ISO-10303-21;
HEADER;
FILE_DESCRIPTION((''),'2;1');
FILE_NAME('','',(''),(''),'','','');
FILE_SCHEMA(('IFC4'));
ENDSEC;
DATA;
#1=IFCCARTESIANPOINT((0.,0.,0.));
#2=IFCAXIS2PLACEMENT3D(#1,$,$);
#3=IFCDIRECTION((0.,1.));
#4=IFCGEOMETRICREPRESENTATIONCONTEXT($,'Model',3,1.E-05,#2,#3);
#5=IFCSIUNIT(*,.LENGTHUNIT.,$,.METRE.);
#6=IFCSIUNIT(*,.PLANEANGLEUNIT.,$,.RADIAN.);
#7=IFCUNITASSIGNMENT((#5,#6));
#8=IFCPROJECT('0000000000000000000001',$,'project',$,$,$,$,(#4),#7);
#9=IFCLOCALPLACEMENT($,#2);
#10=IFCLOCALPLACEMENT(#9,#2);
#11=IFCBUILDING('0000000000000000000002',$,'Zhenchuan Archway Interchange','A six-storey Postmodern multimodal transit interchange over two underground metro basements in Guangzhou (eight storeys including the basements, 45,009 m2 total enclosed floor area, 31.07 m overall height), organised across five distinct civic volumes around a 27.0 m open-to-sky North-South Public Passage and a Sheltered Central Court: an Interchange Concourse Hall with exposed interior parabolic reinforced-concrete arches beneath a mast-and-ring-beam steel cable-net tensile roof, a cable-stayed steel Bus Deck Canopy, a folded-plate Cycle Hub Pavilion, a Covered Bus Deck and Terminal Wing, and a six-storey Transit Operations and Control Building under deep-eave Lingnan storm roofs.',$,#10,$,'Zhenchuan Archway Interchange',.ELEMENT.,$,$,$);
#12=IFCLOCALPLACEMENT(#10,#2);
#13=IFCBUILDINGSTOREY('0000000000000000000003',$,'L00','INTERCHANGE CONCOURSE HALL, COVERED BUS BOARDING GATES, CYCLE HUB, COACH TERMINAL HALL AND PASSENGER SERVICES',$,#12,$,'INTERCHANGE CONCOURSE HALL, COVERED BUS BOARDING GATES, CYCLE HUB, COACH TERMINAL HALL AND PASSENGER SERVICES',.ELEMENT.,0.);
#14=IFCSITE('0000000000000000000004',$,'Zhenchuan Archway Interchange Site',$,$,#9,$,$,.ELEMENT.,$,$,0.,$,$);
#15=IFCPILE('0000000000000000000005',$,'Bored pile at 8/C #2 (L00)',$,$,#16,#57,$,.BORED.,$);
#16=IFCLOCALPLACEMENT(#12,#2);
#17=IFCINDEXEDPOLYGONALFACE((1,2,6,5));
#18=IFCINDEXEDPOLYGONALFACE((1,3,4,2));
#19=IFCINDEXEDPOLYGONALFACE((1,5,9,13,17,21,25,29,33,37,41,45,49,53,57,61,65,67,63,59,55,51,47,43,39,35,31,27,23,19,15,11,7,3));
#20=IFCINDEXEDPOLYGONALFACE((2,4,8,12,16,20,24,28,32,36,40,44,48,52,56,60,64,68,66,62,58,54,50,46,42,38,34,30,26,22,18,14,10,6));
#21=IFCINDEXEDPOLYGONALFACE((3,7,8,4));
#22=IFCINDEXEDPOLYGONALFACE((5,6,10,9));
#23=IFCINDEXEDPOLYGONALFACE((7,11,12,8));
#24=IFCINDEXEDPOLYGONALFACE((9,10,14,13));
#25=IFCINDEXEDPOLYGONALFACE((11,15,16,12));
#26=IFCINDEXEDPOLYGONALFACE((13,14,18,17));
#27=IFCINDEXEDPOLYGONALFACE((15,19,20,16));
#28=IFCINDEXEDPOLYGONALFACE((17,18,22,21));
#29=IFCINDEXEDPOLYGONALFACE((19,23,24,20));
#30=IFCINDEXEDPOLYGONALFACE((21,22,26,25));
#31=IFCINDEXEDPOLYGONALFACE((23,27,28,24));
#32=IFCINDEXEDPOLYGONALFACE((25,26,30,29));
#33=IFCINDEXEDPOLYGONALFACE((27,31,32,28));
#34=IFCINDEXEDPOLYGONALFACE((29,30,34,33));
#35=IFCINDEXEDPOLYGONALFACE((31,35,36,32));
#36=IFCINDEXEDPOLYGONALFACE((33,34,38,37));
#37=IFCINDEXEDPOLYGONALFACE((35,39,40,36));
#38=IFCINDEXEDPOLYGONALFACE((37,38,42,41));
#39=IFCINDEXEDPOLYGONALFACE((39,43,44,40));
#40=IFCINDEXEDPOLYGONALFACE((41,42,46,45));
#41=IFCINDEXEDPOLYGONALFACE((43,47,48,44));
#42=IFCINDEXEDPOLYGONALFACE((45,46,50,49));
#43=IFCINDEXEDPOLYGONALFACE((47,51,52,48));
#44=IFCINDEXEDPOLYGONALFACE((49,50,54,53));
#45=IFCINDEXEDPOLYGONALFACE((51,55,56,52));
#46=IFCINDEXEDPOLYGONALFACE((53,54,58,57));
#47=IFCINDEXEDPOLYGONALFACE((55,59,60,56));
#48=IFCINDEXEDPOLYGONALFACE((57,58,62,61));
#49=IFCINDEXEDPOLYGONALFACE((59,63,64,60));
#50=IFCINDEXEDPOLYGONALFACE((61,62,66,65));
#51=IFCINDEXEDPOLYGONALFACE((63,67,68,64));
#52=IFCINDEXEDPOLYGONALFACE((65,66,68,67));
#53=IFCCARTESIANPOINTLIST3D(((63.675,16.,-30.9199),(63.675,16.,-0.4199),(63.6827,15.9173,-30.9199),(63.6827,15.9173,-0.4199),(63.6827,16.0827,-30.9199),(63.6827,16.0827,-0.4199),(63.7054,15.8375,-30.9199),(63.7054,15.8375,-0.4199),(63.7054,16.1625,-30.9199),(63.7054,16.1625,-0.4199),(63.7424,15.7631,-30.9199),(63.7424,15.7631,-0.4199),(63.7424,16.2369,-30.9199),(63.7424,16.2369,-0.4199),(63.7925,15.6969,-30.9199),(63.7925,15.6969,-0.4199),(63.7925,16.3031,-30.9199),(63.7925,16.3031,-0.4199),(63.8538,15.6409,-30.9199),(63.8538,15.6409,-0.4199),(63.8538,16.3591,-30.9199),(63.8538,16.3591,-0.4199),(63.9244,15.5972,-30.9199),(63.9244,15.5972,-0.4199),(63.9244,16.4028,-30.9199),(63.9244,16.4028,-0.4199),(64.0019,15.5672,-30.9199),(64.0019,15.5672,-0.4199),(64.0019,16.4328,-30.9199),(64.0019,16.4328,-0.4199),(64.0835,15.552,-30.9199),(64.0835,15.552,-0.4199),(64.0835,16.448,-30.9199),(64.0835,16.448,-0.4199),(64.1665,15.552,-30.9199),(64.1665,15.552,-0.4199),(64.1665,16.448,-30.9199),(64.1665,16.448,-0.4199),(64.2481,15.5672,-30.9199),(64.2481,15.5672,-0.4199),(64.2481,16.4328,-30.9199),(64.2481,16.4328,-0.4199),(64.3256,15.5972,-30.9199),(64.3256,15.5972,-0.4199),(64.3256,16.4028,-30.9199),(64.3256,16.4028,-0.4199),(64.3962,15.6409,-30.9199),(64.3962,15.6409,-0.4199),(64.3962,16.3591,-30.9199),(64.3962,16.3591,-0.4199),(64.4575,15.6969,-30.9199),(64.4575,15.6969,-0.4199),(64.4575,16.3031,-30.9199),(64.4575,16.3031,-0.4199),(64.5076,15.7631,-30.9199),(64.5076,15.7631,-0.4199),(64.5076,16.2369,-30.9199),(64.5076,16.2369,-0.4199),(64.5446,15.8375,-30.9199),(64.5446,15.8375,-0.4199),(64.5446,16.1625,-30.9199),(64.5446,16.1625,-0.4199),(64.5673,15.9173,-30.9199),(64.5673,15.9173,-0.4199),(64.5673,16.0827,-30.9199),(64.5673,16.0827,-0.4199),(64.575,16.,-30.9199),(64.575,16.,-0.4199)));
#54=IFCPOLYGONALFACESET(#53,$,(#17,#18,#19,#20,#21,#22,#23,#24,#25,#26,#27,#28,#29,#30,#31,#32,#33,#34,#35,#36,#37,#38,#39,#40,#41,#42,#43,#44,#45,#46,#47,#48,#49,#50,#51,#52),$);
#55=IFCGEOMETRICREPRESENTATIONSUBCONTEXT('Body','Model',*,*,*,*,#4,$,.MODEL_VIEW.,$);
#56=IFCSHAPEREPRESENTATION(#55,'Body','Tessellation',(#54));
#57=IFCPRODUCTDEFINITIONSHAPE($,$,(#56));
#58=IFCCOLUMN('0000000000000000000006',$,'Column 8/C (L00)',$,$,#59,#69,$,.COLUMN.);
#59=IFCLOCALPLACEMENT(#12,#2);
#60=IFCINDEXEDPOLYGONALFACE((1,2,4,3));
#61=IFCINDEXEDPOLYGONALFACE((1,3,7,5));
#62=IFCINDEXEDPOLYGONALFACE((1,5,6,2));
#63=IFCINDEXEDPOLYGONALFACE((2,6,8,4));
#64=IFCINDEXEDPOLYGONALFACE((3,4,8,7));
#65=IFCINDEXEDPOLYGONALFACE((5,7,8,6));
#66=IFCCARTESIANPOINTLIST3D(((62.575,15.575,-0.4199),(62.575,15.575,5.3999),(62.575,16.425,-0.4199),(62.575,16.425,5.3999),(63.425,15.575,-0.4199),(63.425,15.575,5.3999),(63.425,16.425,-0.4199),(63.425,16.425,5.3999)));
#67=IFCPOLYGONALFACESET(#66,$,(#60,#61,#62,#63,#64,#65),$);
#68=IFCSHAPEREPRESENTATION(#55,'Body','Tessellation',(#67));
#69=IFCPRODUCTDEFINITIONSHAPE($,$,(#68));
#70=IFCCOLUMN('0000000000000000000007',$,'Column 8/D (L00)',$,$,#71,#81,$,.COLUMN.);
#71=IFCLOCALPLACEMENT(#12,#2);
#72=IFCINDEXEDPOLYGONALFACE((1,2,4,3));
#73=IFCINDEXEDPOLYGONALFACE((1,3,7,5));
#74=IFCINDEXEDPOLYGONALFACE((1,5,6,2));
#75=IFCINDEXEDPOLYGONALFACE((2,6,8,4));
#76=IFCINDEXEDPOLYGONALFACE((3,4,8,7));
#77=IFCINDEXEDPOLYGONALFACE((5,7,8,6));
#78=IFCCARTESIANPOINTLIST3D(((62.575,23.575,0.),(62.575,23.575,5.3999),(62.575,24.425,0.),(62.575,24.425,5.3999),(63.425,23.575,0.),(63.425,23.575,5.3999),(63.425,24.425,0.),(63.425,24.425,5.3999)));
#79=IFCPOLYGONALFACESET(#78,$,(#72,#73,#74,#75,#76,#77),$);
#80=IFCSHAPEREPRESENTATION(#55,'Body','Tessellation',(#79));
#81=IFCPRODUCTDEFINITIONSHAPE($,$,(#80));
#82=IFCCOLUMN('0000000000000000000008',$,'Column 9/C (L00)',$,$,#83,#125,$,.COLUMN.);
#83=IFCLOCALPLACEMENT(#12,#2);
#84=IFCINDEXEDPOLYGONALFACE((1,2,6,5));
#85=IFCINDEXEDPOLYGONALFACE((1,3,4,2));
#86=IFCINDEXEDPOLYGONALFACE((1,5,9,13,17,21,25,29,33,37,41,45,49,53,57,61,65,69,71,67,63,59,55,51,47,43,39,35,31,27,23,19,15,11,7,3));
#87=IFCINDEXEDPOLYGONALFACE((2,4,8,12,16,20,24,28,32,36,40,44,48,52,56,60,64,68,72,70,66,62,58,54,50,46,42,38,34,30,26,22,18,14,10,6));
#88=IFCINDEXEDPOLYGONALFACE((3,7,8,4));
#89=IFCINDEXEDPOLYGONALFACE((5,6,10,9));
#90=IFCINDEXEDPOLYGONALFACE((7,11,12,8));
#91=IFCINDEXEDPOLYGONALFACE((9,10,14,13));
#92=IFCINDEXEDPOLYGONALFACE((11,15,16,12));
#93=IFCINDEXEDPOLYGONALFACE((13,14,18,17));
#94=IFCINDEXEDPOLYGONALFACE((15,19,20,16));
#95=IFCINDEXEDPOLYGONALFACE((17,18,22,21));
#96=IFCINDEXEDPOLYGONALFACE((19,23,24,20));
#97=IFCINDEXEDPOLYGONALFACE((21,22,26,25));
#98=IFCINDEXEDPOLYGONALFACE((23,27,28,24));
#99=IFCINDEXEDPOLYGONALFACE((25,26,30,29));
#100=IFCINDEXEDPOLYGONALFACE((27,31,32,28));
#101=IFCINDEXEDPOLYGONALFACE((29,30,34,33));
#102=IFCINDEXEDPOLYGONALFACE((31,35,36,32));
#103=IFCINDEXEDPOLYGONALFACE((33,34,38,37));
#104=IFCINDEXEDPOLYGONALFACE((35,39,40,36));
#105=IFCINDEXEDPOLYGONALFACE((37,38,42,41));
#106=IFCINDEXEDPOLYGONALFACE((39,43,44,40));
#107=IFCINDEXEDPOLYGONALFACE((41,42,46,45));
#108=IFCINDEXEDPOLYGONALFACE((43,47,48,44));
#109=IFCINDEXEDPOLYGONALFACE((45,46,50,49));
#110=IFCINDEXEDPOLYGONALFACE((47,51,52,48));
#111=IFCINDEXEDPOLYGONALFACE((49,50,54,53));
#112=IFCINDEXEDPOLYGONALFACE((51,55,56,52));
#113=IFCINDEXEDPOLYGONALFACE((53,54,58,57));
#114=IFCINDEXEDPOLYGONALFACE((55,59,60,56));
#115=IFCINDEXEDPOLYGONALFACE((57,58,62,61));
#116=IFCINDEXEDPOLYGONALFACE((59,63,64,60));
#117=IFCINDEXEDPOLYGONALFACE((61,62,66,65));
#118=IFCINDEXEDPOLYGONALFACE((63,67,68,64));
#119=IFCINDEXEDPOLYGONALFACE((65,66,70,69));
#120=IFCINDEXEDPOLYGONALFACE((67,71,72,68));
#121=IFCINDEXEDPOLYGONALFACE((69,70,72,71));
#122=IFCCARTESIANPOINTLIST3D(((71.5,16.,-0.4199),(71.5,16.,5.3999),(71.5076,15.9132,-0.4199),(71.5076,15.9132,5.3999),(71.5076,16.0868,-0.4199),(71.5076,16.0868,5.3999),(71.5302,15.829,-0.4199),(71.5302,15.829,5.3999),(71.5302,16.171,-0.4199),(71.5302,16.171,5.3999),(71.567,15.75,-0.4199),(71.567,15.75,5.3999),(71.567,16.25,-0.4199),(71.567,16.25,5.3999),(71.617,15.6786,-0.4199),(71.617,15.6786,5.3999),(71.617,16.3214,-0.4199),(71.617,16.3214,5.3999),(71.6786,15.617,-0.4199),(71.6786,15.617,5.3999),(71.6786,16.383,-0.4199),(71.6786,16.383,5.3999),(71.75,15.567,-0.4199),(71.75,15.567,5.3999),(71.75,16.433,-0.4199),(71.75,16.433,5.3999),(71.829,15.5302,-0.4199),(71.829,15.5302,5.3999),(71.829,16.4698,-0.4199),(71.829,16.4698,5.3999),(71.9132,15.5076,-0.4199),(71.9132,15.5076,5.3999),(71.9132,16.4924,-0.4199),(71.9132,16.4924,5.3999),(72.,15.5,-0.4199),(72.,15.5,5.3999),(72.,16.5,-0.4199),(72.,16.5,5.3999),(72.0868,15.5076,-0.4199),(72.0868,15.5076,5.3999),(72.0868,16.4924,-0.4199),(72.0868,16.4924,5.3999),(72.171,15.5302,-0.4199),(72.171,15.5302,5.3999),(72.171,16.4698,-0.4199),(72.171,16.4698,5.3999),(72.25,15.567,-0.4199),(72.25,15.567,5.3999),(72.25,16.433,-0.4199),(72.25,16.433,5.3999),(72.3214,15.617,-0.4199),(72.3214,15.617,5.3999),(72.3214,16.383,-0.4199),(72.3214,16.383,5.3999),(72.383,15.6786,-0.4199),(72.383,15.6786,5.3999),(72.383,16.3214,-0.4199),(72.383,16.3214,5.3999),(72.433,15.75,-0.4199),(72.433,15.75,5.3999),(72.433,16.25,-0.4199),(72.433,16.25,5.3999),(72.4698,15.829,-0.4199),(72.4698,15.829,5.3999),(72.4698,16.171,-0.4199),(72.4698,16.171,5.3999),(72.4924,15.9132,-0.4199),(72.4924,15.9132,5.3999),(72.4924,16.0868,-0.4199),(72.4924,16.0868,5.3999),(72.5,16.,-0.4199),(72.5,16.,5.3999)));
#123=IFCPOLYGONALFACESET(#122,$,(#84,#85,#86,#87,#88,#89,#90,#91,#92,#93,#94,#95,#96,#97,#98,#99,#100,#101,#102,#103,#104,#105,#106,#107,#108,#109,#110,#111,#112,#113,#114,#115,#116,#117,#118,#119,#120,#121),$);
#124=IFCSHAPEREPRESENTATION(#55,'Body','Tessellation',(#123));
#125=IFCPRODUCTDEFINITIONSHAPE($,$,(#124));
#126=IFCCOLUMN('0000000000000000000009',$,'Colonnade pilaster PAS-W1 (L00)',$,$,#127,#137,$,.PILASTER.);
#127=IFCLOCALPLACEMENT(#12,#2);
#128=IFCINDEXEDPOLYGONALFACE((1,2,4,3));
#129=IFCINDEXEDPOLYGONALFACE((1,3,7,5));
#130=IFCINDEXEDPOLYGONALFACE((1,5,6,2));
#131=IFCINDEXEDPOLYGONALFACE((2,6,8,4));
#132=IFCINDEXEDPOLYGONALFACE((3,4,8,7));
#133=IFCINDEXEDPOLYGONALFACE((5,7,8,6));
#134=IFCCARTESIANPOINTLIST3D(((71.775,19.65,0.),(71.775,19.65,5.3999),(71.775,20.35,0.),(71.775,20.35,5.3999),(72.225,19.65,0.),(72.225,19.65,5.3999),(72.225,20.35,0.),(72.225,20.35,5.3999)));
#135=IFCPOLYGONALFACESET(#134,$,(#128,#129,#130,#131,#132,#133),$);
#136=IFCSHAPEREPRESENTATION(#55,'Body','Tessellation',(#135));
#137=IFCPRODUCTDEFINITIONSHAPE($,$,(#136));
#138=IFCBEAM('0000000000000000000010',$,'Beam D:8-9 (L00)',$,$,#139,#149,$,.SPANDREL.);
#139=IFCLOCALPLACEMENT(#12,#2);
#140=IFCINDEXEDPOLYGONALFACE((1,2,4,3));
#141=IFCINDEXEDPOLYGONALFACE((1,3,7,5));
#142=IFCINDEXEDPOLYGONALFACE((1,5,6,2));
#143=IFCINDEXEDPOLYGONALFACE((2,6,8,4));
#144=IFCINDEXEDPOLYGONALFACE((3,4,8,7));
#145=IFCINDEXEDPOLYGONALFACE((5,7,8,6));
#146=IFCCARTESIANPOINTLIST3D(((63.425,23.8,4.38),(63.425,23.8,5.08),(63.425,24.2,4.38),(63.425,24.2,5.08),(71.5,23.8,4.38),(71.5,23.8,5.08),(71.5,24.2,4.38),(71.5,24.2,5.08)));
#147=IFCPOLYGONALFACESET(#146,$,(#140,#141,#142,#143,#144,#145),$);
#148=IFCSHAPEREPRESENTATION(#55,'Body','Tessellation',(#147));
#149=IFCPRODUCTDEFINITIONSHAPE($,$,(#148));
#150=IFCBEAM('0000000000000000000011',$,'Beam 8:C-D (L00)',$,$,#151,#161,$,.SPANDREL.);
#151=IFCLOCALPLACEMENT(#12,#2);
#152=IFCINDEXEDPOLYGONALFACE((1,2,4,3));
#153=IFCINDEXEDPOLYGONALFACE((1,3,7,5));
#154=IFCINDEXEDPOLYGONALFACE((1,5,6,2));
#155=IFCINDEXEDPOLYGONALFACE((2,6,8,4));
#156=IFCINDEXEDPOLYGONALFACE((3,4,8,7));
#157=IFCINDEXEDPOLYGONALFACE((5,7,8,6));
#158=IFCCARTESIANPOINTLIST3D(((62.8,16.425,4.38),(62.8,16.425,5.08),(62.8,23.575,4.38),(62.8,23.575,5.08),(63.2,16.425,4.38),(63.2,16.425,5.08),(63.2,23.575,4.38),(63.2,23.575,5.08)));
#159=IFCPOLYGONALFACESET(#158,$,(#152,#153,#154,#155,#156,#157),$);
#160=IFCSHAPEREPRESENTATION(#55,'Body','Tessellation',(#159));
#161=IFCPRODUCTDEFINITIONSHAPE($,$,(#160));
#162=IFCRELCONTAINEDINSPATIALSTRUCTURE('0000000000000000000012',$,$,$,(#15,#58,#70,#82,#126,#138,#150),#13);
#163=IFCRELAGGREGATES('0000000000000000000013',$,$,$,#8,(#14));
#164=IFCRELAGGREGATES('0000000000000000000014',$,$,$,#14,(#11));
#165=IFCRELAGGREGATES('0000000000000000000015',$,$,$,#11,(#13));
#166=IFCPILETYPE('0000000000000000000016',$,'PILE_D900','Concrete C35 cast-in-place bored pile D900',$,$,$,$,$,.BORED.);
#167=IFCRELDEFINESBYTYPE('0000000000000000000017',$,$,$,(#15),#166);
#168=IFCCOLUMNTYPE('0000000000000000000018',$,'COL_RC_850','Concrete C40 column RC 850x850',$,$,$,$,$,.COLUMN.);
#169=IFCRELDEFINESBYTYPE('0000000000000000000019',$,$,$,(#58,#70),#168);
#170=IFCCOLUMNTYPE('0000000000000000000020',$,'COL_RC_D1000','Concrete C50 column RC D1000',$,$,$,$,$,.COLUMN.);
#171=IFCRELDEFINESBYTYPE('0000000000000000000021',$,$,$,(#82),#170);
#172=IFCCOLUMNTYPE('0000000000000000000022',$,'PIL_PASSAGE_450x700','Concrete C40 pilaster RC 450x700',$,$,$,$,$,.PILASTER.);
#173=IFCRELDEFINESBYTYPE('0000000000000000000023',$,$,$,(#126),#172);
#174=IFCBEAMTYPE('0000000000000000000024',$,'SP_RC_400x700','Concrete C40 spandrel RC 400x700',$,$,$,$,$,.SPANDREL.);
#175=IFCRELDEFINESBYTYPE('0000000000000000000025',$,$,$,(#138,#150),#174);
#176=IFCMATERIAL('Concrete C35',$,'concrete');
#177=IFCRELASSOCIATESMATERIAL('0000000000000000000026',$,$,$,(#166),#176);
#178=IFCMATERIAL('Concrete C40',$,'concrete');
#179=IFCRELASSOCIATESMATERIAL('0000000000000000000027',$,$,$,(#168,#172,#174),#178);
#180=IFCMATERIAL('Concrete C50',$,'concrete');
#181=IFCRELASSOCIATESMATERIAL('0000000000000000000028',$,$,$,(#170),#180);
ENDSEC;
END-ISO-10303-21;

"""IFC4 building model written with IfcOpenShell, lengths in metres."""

from ifc_helpers import new_model, si_unit, direction, frame, origin, origin_2d, place, context, subcontext, project, spatial, rectangle, circle, extrude, material, material_profile, profile_set, type_object, element, save


model = new_model("IFC4")

# Units and contexts
model_context = context("Model", 3, precision=1e-05, world=origin(), true_north=direction((0.0, 1.0)))
body_context = subcontext(model_context, "Body", "Model", "MODEL_VIEW")
ifc_project = project(units=[si_unit("LENGTHUNIT", "METRE"), si_unit("PLANEANGLEUNIT", "RADIAN")], contexts=[model_context])

# Site, building, storey
site_placement = place(None, origin())
site = spatial("IfcSite", under=ifc_project, at=site_placement, Name="Zhenchuan Archway Interchange Site", CompositionType="ELEMENT", RefElevation=0.0)
building_placement = place(site_placement, origin())
building = spatial("IfcBuilding", under=site, at=building_placement, Name="Zhenchuan Archway Interchange", Description="A six-storey Postmodern multimodal transit interchange over two underground metro basements in Guangzhou (eight storeys including the basements, 45,009 m2 total enclosed floor area, 31.07 m overall height), organised across five distinct civic volumes around a 27.0 m open-to-sky North-South Public Passage and a Sheltered Central Court: an Interchange Concourse Hall with exposed interior parabolic reinforced-concrete arches beneath a mast-and-ring-beam steel cable-net tensile roof, a cable-stayed steel Bus Deck Canopy, a folded-plate Cycle Hub Pavilion, a Covered Bus Deck and Terminal Wing, and a six-storey Transit Operations and Control Building under deep-eave Lingnan storm roofs.", LongName="Zhenchuan Archway Interchange", CompositionType="ELEMENT")
storey_placement = place(building_placement, origin())
storey = spatial("IfcBuildingStorey", under=building, at=storey_placement, Name="L00", Description="INTERCHANGE CONCOURSE HALL, COVERED BUS BOARDING GATES, CYCLE HUB, COACH TERMINAL HALL AND PASSENGER SERVICES", LongName="INTERCHANGE CONCOURSE HALL, COVERED BUS BOARDING GATES, CYCLE HUB, COACH TERMINAL HALL AND PASSENGER SERVICES", CompositionType="ELEMENT", Elevation=0.0)

# Shared definitions
ifc_material_1 = material(Name="Concrete C40", Category="concrete")

# Pile
ifc_material_2 = material(Name="Concrete C35", Category="concrete")
ifc_material_profile_1 = material_profile(ifc_material_2, circle(Radius=0.45, at=origin_2d()), Name="BORED PILE 900")
ifc_profile_set_1 = profile_set([ifc_material_profile_1], Name="Concrete C35")
pile_type_1 = type_object("IfcPileType", Name="PILE_D900", Description="Concrete C35 cast-in-place bored pile D900", PredefinedType="BORED", material=ifc_profile_set_1)
for number, where, z_axis, x_axis, name in (
    (1, (64.125, 16.0, -0.4199), (0.0, 0.0, -1.0), (1.0, 0.0, 0.0), "Bored pile at 8/C #2 (L00)"),
):
    element("IfcPile", number, at=place(storey_placement, frame(where, z_axis=z_axis, x_axis=x_axis)), inside=storey, type_object=pile_type_1, Name=name, PredefinedType="BORED", context=body_context, shape_type="SweptSolid", body=[
        extrude(circle(Radius=0.45, at=origin_2d()), origin(), (0.0, 0.0, 1.0), 30.5),
    ])

# Columns
ifc_material_profile_2 = material_profile(ifc_material_1, rectangle(XDim=0.8501, YDim=0.8501, at=origin_2d()), Name="RC 850x850")
ifc_profile_set_2 = profile_set([ifc_material_profile_2], Name="Concrete C40")
column_type_1 = type_object("IfcColumnType", Name="COL_RC_850", Description="Concrete C40 column RC 850x850", PredefinedType="COLUMN", material=ifc_profile_set_2)
column_1_placement = place(storey_placement, frame((63.0, 16.0, -0.4199), z_axis=(0.0, 0.0, 1.0), x_axis=(1.0, 0.0, 0.0)))
element("IfcColumn", 2, at=column_1_placement, inside=storey, type_object=column_type_1, Name="Column 8/C (L00)", PredefinedType="COLUMN", context=body_context, shape_type="SweptSolid", body=[
    extrude(rectangle(XDim=0.8501, YDim=0.8501, at=origin_2d()), origin(), (0.0, 0.0, 1.0), 5.8198),
])
column_2_placement = place(storey_placement, frame((63.0, 24.0, 0.0), z_axis=(0.0, 0.0, 1.0), x_axis=(1.0, 0.0, 0.0)))
element("IfcColumn", 3, at=column_2_placement, inside=storey, type_object=column_type_1, Name="Column 8/D (L00)", PredefinedType="COLUMN", context=body_context, shape_type="SweptSolid", body=[
    extrude(rectangle(XDim=0.8501, YDim=0.8501, at=origin_2d()), origin(), (0.0, 0.0, 1.0), 5.3999),
])
ifc_material_3 = material(Name="Concrete C50", Category="concrete")
ifc_material_profile_3 = material_profile(ifc_material_3, circle(Radius=0.5, at=origin_2d()), Name="RC D1000")
ifc_profile_set_3 = profile_set([ifc_material_profile_3], Name="Concrete C50")
column_type_2 = type_object("IfcColumnType", Name="COL_RC_D1000", Description="Concrete C50 column RC D1000", PredefinedType="COLUMN", material=ifc_profile_set_3)
column_3_placement = place(storey_placement, frame((72.0, 16.0, -0.4199), z_axis=(0.0, 0.0, 1.0), x_axis=(1.0, 0.0, 0.0)))
element("IfcColumn", 4, at=column_3_placement, inside=storey, type_object=column_type_2, Name="Column 9/C (L00)", PredefinedType="COLUMN", context=body_context, shape_type="SweptSolid", body=[
    extrude(circle(Radius=0.5, at=origin_2d()), origin(), (0.0, 0.0, 1.0), 5.8198),
])
ifc_material_profile_4 = material_profile(ifc_material_1, rectangle(XDim=0.45, YDim=0.7, at=origin_2d()), Name="RC 450x700")
ifc_profile_set_4 = profile_set([ifc_material_profile_4], Name="Concrete C40")
column_type_3 = type_object("IfcColumnType", Name="PIL_PASSAGE_450x700", Description="Concrete C40 pilaster RC 450x700", PredefinedType="PILASTER", material=ifc_profile_set_4)
column_4_placement = place(storey_placement, frame((72.0, 20.0, 0.0), z_axis=(0.0, 0.0, 1.0), x_axis=(1.0, 0.0, 0.0)))
element("IfcColumn", 5, at=column_4_placement, inside=storey, type_object=column_type_3, Name="Colonnade pilaster PAS-W1 (L00)", PredefinedType="PILASTER", context=body_context, shape_type="SweptSolid", body=[
    extrude(rectangle(XDim=0.45, YDim=0.7, at=origin_2d()), origin(), (0.0, 0.0, 1.0), 5.3999),
])

# Beams
ifc_material_profile_5 = material_profile(ifc_material_1, rectangle(XDim=0.3999, YDim=0.7, at=origin_2d()), Name="RC 400x700")
ifc_profile_set_5 = profile_set([ifc_material_profile_5], Name="Concrete C40")
beam_type = type_object("IfcBeamType", Name="SP_RC_400x700", Description="Concrete C40 spandrel RC 400x700", PredefinedType="SPANDREL", material=ifc_profile_set_5)
beam_1_placement = place(storey_placement, frame((63.425, 24.0, 4.73), z_axis=(1.0, 0.0, 0.0), x_axis=(0.0, 1.0, 0.0)))
element("IfcBeam", 6, at=beam_1_placement, inside=storey, type_object=beam_type, Name="Beam D:8-9 (L00)", PredefinedType="SPANDREL", context=body_context, shape_type="SweptSolid", body=[
    extrude(rectangle(XDim=0.3999, YDim=0.7, at=origin_2d()), origin(), (0.0, 0.0, 1.0), 8.075),
])
beam_2_placement = place(storey_placement, frame((63.0, 16.425, 4.73), z_axis=(0.0, 1.0, 0.0), x_axis=(-1.0, 0.0, 0.0)))
element("IfcBeam", 7, at=beam_2_placement, inside=storey, type_object=beam_type, Name="Beam 8:C-D (L00)", PredefinedType="SPANDREL", context=body_context, shape_type="SweptSolid", body=[
    extrude(rectangle(XDim=0.3999, YDim=0.7, at=origin_2d()), origin(), (0.0, 0.0, 1.0), 7.1499),
])

save(model, "model.ifc")
